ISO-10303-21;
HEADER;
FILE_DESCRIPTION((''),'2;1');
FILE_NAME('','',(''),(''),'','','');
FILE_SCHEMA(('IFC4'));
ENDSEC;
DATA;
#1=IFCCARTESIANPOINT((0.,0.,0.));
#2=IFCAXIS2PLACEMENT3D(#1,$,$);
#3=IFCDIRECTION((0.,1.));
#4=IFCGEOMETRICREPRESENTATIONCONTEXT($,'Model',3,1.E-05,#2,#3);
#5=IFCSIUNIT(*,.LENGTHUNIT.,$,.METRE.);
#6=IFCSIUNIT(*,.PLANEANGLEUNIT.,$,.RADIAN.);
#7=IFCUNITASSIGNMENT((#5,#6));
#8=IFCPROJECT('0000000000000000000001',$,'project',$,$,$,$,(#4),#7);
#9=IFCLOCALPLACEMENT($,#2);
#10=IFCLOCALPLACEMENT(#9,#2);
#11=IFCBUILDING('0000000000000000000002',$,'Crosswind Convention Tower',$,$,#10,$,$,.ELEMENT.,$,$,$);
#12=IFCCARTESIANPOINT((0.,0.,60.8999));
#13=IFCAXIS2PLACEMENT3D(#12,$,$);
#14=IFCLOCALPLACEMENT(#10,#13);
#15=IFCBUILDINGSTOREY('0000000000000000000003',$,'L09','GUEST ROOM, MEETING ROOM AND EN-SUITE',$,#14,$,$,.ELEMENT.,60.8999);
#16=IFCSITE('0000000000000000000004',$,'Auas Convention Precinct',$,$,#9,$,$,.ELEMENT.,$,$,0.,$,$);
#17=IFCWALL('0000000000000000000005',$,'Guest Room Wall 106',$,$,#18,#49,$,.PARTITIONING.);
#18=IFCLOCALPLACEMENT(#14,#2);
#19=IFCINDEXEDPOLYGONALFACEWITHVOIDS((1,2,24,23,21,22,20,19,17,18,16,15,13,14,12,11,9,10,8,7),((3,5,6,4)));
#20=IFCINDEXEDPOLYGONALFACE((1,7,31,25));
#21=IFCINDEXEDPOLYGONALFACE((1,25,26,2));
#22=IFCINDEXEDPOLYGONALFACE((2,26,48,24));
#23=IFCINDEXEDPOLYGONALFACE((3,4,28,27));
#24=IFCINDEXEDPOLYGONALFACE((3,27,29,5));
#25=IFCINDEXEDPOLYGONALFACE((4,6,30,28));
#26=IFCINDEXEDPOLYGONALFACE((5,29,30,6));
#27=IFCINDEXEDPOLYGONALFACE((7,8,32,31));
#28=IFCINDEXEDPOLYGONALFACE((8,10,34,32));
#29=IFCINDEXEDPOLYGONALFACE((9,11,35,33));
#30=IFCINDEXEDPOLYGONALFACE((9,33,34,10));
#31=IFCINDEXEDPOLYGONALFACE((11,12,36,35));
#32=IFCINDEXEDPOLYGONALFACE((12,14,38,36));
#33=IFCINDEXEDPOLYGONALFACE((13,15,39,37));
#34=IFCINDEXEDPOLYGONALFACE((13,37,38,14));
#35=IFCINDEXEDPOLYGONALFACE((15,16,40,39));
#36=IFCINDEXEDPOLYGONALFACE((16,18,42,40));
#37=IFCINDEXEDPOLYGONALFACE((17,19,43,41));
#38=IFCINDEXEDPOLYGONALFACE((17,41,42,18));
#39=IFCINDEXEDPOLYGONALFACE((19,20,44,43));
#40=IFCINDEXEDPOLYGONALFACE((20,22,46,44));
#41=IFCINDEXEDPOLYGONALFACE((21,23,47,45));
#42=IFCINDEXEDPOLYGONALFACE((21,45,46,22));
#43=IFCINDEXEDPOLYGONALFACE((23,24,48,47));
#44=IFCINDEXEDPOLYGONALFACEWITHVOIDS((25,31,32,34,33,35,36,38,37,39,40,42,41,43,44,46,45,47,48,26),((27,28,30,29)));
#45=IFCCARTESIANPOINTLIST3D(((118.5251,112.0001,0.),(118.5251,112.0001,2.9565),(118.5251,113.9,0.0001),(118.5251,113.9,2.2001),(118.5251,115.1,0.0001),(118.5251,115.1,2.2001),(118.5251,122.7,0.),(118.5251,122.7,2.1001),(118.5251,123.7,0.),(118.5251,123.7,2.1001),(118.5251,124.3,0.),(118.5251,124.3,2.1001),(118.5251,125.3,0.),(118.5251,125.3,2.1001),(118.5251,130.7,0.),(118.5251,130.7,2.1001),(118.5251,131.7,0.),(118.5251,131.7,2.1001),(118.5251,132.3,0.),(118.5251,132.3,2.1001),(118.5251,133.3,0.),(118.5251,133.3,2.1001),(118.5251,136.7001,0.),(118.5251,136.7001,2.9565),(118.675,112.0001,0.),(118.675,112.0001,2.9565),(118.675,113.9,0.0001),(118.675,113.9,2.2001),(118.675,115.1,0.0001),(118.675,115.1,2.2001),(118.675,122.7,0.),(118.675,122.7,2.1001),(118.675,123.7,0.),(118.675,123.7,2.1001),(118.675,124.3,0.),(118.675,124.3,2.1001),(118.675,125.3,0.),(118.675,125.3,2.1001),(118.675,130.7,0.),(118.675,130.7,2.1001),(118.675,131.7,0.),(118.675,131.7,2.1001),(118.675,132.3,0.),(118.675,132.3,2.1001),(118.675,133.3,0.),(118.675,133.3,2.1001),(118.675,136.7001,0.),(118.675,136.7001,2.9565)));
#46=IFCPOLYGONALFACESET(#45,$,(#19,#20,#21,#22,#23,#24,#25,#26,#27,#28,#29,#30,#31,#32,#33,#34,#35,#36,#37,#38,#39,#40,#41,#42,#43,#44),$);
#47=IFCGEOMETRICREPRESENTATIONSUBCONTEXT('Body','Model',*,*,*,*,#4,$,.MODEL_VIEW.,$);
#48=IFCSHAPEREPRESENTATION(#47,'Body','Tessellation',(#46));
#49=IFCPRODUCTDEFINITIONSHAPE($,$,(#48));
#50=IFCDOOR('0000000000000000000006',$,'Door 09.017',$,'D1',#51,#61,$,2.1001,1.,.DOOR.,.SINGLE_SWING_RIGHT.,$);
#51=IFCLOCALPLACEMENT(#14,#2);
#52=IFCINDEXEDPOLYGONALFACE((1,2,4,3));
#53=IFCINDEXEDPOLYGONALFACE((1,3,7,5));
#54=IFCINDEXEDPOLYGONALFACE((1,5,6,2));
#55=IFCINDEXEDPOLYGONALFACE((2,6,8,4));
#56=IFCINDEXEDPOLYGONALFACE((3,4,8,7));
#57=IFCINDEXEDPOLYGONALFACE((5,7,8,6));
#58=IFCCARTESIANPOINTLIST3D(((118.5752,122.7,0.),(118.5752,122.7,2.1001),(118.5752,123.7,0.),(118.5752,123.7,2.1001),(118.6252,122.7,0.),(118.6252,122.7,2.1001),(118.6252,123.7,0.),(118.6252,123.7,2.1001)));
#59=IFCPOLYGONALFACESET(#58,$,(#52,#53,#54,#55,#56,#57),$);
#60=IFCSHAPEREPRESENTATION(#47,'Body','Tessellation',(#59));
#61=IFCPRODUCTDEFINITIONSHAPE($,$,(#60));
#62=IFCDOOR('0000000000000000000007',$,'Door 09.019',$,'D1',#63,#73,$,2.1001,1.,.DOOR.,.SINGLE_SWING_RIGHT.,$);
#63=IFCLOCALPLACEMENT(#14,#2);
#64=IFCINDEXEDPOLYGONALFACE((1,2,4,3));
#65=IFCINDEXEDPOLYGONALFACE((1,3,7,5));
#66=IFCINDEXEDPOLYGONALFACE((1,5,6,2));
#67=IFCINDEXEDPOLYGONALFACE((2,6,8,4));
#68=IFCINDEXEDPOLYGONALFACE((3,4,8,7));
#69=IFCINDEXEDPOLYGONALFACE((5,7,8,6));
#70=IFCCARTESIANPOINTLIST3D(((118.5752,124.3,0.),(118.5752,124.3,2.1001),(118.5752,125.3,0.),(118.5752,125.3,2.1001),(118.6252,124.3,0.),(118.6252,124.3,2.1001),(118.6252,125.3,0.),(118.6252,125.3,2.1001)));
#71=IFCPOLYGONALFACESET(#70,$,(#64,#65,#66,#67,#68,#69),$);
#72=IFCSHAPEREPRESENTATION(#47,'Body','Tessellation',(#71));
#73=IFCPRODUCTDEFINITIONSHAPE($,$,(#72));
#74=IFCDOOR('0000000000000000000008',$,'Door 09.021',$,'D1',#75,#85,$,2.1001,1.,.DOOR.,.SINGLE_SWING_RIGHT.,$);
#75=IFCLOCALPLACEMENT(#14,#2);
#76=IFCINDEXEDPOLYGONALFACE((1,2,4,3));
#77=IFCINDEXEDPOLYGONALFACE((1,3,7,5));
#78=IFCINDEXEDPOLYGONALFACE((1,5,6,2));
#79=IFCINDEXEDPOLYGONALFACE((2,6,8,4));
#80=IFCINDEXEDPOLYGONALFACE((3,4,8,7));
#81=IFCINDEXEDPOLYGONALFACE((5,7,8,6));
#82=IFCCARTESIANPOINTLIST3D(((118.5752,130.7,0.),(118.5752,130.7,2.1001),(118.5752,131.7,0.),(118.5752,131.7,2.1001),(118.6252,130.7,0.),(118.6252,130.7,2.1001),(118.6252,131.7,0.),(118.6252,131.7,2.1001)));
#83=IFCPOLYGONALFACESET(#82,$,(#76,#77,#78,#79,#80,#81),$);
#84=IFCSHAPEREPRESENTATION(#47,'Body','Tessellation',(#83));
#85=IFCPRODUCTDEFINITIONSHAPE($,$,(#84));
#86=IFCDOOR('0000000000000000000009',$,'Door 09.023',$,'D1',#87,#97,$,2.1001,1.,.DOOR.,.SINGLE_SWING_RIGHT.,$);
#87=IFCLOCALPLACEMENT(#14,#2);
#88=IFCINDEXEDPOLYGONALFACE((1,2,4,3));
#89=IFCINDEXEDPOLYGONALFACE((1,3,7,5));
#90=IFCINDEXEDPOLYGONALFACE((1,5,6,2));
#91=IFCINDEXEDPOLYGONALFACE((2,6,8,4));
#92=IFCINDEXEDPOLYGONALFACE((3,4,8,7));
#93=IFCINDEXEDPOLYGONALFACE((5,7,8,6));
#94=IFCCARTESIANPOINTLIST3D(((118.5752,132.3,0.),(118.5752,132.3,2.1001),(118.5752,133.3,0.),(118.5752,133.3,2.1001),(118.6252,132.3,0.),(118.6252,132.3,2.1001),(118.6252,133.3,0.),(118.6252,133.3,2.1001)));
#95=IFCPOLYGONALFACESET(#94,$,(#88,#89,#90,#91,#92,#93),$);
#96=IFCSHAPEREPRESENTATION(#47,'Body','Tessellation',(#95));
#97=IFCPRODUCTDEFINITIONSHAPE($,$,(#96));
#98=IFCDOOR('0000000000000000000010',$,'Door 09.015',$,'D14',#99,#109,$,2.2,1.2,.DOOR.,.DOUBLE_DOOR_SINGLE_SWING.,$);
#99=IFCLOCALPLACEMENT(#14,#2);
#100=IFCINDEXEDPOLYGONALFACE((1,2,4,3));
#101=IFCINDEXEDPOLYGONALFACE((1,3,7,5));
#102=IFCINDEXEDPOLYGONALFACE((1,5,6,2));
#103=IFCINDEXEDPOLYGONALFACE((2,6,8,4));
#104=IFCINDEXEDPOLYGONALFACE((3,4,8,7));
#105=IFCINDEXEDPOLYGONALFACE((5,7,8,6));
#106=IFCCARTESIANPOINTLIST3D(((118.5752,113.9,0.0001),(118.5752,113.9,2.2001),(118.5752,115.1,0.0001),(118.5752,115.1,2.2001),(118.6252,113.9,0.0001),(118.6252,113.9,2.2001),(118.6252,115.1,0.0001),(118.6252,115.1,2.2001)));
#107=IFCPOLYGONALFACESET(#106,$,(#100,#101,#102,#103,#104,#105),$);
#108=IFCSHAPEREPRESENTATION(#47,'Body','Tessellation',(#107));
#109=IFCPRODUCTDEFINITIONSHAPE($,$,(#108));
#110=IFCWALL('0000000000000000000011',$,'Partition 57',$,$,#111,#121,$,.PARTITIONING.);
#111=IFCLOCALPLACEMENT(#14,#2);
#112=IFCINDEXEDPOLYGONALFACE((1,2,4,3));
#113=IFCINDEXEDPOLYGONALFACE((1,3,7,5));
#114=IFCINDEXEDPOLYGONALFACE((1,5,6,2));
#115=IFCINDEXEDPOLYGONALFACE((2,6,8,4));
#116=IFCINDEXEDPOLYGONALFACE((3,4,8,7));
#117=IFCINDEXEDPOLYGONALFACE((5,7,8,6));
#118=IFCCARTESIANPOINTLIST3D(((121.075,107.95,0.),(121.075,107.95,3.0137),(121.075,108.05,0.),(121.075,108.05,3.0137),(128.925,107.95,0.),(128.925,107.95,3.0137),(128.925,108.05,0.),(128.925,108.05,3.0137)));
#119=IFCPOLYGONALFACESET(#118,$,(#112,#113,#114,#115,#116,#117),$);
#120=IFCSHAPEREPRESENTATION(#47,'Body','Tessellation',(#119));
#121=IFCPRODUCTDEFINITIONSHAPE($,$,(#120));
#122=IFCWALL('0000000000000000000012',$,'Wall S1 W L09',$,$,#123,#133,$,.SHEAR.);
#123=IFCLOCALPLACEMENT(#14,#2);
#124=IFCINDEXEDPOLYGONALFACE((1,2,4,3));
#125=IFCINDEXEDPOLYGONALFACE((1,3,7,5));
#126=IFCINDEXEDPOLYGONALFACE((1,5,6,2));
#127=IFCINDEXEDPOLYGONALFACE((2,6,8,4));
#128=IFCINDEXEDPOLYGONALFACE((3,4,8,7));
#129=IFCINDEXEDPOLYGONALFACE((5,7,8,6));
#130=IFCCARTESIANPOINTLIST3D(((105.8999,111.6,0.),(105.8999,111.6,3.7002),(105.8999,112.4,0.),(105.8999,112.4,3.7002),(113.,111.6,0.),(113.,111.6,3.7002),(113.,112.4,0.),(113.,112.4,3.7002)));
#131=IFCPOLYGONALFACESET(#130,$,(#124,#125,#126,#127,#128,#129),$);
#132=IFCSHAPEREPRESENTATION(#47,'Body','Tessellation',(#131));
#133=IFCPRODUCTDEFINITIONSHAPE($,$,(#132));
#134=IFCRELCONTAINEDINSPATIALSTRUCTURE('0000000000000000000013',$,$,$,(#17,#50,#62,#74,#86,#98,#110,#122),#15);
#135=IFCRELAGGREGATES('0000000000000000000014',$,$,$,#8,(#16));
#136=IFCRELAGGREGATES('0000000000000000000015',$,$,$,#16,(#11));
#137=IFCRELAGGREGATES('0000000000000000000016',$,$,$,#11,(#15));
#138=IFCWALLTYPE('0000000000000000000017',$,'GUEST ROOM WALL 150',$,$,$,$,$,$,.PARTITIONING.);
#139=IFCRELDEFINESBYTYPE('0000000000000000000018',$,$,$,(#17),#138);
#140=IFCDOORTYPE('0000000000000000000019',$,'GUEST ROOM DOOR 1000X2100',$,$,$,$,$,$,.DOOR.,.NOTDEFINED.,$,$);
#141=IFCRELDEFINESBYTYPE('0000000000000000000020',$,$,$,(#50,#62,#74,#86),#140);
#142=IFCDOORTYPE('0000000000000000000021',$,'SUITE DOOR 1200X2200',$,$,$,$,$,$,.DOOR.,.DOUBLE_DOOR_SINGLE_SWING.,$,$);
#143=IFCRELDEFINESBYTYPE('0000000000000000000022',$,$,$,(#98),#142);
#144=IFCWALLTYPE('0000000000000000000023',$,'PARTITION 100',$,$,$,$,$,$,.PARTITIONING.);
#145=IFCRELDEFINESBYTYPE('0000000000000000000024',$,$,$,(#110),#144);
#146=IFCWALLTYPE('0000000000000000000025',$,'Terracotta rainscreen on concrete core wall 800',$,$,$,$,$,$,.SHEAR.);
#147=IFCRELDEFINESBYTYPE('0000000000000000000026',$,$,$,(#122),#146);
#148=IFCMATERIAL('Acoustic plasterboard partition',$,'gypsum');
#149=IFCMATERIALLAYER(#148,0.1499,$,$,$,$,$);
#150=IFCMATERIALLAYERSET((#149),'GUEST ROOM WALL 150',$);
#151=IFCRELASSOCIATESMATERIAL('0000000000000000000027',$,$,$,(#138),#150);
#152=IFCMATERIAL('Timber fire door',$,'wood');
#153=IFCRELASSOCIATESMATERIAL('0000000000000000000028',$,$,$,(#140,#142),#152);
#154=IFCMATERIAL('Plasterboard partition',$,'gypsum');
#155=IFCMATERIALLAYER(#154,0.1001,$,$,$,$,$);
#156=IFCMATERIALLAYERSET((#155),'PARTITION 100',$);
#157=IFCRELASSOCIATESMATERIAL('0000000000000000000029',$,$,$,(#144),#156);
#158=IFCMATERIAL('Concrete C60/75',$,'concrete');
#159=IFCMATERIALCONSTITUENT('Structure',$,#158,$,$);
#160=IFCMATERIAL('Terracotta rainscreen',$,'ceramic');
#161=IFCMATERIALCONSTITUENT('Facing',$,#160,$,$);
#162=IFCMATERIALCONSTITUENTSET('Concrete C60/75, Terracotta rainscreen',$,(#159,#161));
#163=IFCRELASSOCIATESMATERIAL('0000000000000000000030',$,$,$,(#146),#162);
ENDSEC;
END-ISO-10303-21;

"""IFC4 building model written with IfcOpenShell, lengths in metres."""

from ifc_helpers import new_model, si_unit, direction, frame, frame_2d, origin, place, context, subcontext, project, spatial, rectangle, extrude, material, layer, layer_set, constituent, constituent_set, type_object, element, fill, save


model = new_model("IFC4")

# Units and contexts
model_context = context("Model", 3, precision=1e-05, world=origin(), true_north=direction((0.0, 1.0)))
body_context = subcontext(model_context, "Body", "Model", "MODEL_VIEW")
ifc_project = project(units=[si_unit("LENGTHUNIT", "METRE"), si_unit("PLANEANGLEUNIT", "RADIAN")], contexts=[model_context])

# Site, building, storey
site_placement = place(None, origin())
site = spatial("IfcSite", under=ifc_project, at=site_placement, Name="Auas Convention Precinct", CompositionType="ELEMENT", RefElevation=0.0)
building_placement = place(site_placement, origin())
building = spatial("IfcBuilding", under=site, at=building_placement, Name="Crosswind Convention Tower", CompositionType="ELEMENT")
storey_placement = place(building_placement, frame((0.0, 0.0, 60.8999)))
storey = spatial("IfcBuildingStorey", under=building, at=storey_placement, Name="L09", Description="GUEST ROOM, MEETING ROOM AND EN-SUITE", CompositionType="ELEMENT", Elevation=60.8999)

# Shared definitions
ifc_material_1 = material(Name="Plasterboard partition", Category="gypsum")

# Shared definitions
ifc_material_2 = material(Name="Timber fire door", Category="wood")

# Shared definitions
ifc_material_3 = material(Name="Acoustic plasterboard partition", Category="gypsum")
ifc_layer_1 = layer(ifc_material_3, 0.1499)
ifc_layer_set_1 = layer_set([ifc_layer_1], Name="GUEST ROOM WALL 150")
wall_type_1 = type_object("IfcWallType", Name="GUEST ROOM WALL 150", PredefinedType="PARTITIONING", material=ifc_layer_set_1)

# Wall, openings, doors
wall_1_placement = place(storey_placement, frame((118.6001, 112.0, 0.0), z_axis=(0.0, 0.0, 1.0), x_axis=(0.0, 1.0, 0.0)))
wall_1 = element("IfcWall", 1, at=wall_1_placement, inside=storey, type_object=wall_type_1, Name="Guest Room Wall 106", PredefinedType="PARTITIONING", context=body_context, shape_type="SweptSolid", body=[
    extrude(rectangle(XDim=24.7, YDim=0.1499, at=frame_2d((12.3501, 0.0))), origin(), (0.0, 0.0, 1.0), 2.9565),
])
opening_1_placement = place(wall_1_placement, frame((1.8999, 0.0, 0.0)))
opening_1 = element("IfcOpeningElement", 2, at=opening_1_placement, cuts=wall_1, PredefinedType="OPENING", context=body_context, shape_type="SweptSolid", body=[
    extrude(rectangle(XDim=1.2, YDim=2.2, at=frame_2d((0.6001, 1.1001))), frame((0.0, 0.085, 0.0), z_axis=(0.0, -1.0, 0.0), x_axis=(1.0, 0.0, 0.0)), (0.0, 0.0, 1.0), 0.1699),
])
opening_2_placement = place(wall_1_placement, frame((10.7, 0.0, 0.0)))
opening_2 = element("IfcOpeningElement", 3, at=opening_2_placement, cuts=wall_1, PredefinedType="OPENING", context=body_context, shape_type="SweptSolid", body=[
    extrude(rectangle(XDim=1.0, YDim=2.1001, at=frame_2d((0.5, 1.05))), frame((0.0, 0.085, 0.0), z_axis=(0.0, -1.0, 0.0), x_axis=(1.0, 0.0, 0.0)), (0.0, 0.0, 1.0), 0.1699),
])
opening_3_placement = place(wall_1_placement, frame((12.3, 0.0, 0.0)))
opening_3 = element("IfcOpeningElement", 4, at=opening_3_placement, cuts=wall_1, PredefinedType="OPENING", context=body_context, shape_type="SweptSolid", body=[
    extrude(rectangle(XDim=1.0, YDim=2.1001, at=frame_2d((0.5, 1.05))), frame((0.0, 0.085, 0.0), z_axis=(0.0, -1.0, 0.0), x_axis=(1.0, 0.0, 0.0)), (0.0, 0.0, 1.0), 0.1699),
])
opening_4_placement = place(wall_1_placement, frame((18.7, 0.0, 0.0)))
opening_4 = element("IfcOpeningElement", 5, at=opening_4_placement, cuts=wall_1, PredefinedType="OPENING", context=body_context, shape_type="SweptSolid", body=[
    extrude(rectangle(XDim=1.0, YDim=2.1001, at=frame_2d((0.5, 1.05))), frame((0.0, 0.085, 0.0), z_axis=(0.0, -1.0, 0.0), x_axis=(1.0, 0.0, 0.0)), (0.0, 0.0, 1.0), 0.1699),
])
opening_5_placement = place(wall_1_placement, frame((20.3, 0.0, 0.0)))
opening_5 = element("IfcOpeningElement", 6, at=opening_5_placement, cuts=wall_1, PredefinedType="OPENING", context=body_context, shape_type="SweptSolid", body=[
    extrude(rectangle(XDim=1.0, YDim=2.1001, at=frame_2d((0.5, 1.05))), frame((0.0, 0.085, 0.0), z_axis=(0.0, -1.0, 0.0), x_axis=(1.0, 0.0, 0.0)), (0.0, 0.0, 1.0), 0.1699),
])
door_type_1 = type_object("IfcDoorType", Name="GUEST ROOM DOOR 1000X2100", OperationType="NOTDEFINED", PredefinedType="DOOR", material=ifc_material_2)
door_1_placement = place(opening_2_placement, origin())
door_1 = element("IfcDoor", 7, at=door_1_placement, inside=storey, type_object=door_type_1, Name="Door 09.017", ObjectType="D1", OperationType="SINGLE_SWING_RIGHT", OverallHeight=2.1001, OverallWidth=1.0, PredefinedType="DOOR", context=body_context, shape_type="SweptSolid", body=[
    extrude(rectangle(XDim=1.0, YDim=2.1001, at=frame_2d((0.5, 1.05))), frame((0.0, 0.0249, 0.0), z_axis=(0.0, -1.0, 0.0), x_axis=(1.0, 0.0, 0.0)), (0.0, 0.0, 1.0), 0.05),
])
fill(opening_2, door_1)
door_2_placement = place(opening_3_placement, origin())
door_2 = element("IfcDoor", 8, at=door_2_placement, inside=storey, type_object=door_type_1, Name="Door 09.019", ObjectType="D1", OperationType="SINGLE_SWING_RIGHT", OverallHeight=2.1001, OverallWidth=1.0, PredefinedType="DOOR", context=body_context, shape_type="SweptSolid", body=[
    extrude(rectangle(XDim=1.0, YDim=2.1001, at=frame_2d((0.5, 1.05))), frame((0.0, 0.0249, 0.0), z_axis=(0.0, -1.0, 0.0), x_axis=(1.0, 0.0, 0.0)), (0.0, 0.0, 1.0), 0.05),
])
fill(opening_3, door_2)
door_3_placement = place(opening_4_placement, origin())
door_3 = element("IfcDoor", 9, at=door_3_placement, inside=storey, type_object=door_type_1, Name="Door 09.021", ObjectType="D1", OperationType="SINGLE_SWING_RIGHT", OverallHeight=2.1001, OverallWidth=1.0, PredefinedType="DOOR", context=body_context, shape_type="SweptSolid", body=[
    extrude(rectangle(XDim=1.0, YDim=2.1001, at=frame_2d((0.5, 1.05))), frame((0.0, 0.0249, 0.0), z_axis=(0.0, -1.0, 0.0), x_axis=(1.0, 0.0, 0.0)), (0.0, 0.0, 1.0), 0.05),
])
fill(opening_4, door_3)
door_4_placement = place(opening_5_placement, origin())
door_4 = element("IfcDoor", 10, at=door_4_placement, inside=storey, type_object=door_type_1, Name="Door 09.023", ObjectType="D1", OperationType="SINGLE_SWING_RIGHT", OverallHeight=2.1001, OverallWidth=1.0, PredefinedType="DOOR", context=body_context, shape_type="SweptSolid", body=[
    extrude(rectangle(XDim=1.0, YDim=2.1001, at=frame_2d((0.5, 1.05))), frame((0.0, 0.0249, 0.0), z_axis=(0.0, -1.0, 0.0), x_axis=(1.0, 0.0, 0.0)), (0.0, 0.0, 1.0), 0.05),
])
fill(opening_5, door_4)
door_type_2 = type_object("IfcDoorType", Name="SUITE DOOR 1200X2200", OperationType="DOUBLE_DOOR_SINGLE_SWING", PredefinedType="DOOR", material=ifc_material_2)
door_5_placement = place(opening_1_placement, origin())
door_5 = element("IfcDoor", 11, at=door_5_placement, inside=storey, type_object=door_type_2, Name="Door 09.015", ObjectType="D14", OperationType="DOUBLE_DOOR_SINGLE_SWING", OverallHeight=2.2, OverallWidth=1.2, PredefinedType="DOOR", context=body_context, shape_type="SweptSolid", body=[
    extrude(rectangle(XDim=1.2, YDim=2.2, at=frame_2d((0.6001, 1.1001))), frame((0.0, 0.0249, 0.0), z_axis=(0.0, -1.0, 0.0), x_axis=(1.0, 0.0, 0.0)), (0.0, 0.0, 1.0), 0.05),
])
fill(opening_1, door_5)

# Walls
ifc_layer_2 = layer(ifc_material_1, 0.1001)
ifc_layer_set_2 = layer_set([ifc_layer_2], Name="PARTITION 100")
wall_type_2 = type_object("IfcWallType", Name="PARTITION 100", PredefinedType="PARTITIONING", material=ifc_layer_set_2)
wall_2_placement = place(storey_placement, frame((121.075, 108.0, 0.0), z_axis=(0.0, 0.0, 1.0), x_axis=(1.0, 0.0, 0.0)))
element("IfcWall", 12, at=wall_2_placement, inside=storey, type_object=wall_type_2, Name="Partition 57", PredefinedType="PARTITIONING", context=body_context, shape_type="SweptSolid", body=[
    extrude(rectangle(XDim=7.8501, YDim=0.1001, at=frame_2d((3.925, 0.0))), origin(), (0.0, 0.0, 1.0), 3.0137),
])
ifc_material_4 = material(Name="Concrete C60/75", Category="concrete")
ifc_constituent_1 = constituent(ifc_material_4, Name="Structure")
ifc_material_5 = material(Name="Terracotta rainscreen", Category="ceramic")
ifc_constituent_2 = constituent(ifc_material_5, Name="Facing")
ifc_constituent_set = constituent_set(constituents=[ifc_constituent_1, ifc_constituent_2], Name="Concrete C60/75, Terracotta rainscreen")
wall_type_3 = type_object("IfcWallType", Name="Terracotta rainscreen on concrete core wall 800", PredefinedType="SHEAR", material=ifc_constituent_set)
wall_3_placement = place(storey_placement, frame((113.0, 112.0, 0.0), z_axis=(0.0, 0.0, 1.0), x_axis=(-1.0, 0.0, 0.0)))
element("IfcWall", 13, at=wall_3_placement, inside=storey, type_object=wall_type_3, Name="Wall S1 W L09", PredefinedType="SHEAR", context=body_context, shape_type="SweptSolid", body=[
    extrude(rectangle(XDim=7.1001, YDim=0.8, at=frame_2d((3.55, 0.0))), origin(), (0.0, 0.0, 1.0), 3.7002),
])

save(model, "model.ifc")
